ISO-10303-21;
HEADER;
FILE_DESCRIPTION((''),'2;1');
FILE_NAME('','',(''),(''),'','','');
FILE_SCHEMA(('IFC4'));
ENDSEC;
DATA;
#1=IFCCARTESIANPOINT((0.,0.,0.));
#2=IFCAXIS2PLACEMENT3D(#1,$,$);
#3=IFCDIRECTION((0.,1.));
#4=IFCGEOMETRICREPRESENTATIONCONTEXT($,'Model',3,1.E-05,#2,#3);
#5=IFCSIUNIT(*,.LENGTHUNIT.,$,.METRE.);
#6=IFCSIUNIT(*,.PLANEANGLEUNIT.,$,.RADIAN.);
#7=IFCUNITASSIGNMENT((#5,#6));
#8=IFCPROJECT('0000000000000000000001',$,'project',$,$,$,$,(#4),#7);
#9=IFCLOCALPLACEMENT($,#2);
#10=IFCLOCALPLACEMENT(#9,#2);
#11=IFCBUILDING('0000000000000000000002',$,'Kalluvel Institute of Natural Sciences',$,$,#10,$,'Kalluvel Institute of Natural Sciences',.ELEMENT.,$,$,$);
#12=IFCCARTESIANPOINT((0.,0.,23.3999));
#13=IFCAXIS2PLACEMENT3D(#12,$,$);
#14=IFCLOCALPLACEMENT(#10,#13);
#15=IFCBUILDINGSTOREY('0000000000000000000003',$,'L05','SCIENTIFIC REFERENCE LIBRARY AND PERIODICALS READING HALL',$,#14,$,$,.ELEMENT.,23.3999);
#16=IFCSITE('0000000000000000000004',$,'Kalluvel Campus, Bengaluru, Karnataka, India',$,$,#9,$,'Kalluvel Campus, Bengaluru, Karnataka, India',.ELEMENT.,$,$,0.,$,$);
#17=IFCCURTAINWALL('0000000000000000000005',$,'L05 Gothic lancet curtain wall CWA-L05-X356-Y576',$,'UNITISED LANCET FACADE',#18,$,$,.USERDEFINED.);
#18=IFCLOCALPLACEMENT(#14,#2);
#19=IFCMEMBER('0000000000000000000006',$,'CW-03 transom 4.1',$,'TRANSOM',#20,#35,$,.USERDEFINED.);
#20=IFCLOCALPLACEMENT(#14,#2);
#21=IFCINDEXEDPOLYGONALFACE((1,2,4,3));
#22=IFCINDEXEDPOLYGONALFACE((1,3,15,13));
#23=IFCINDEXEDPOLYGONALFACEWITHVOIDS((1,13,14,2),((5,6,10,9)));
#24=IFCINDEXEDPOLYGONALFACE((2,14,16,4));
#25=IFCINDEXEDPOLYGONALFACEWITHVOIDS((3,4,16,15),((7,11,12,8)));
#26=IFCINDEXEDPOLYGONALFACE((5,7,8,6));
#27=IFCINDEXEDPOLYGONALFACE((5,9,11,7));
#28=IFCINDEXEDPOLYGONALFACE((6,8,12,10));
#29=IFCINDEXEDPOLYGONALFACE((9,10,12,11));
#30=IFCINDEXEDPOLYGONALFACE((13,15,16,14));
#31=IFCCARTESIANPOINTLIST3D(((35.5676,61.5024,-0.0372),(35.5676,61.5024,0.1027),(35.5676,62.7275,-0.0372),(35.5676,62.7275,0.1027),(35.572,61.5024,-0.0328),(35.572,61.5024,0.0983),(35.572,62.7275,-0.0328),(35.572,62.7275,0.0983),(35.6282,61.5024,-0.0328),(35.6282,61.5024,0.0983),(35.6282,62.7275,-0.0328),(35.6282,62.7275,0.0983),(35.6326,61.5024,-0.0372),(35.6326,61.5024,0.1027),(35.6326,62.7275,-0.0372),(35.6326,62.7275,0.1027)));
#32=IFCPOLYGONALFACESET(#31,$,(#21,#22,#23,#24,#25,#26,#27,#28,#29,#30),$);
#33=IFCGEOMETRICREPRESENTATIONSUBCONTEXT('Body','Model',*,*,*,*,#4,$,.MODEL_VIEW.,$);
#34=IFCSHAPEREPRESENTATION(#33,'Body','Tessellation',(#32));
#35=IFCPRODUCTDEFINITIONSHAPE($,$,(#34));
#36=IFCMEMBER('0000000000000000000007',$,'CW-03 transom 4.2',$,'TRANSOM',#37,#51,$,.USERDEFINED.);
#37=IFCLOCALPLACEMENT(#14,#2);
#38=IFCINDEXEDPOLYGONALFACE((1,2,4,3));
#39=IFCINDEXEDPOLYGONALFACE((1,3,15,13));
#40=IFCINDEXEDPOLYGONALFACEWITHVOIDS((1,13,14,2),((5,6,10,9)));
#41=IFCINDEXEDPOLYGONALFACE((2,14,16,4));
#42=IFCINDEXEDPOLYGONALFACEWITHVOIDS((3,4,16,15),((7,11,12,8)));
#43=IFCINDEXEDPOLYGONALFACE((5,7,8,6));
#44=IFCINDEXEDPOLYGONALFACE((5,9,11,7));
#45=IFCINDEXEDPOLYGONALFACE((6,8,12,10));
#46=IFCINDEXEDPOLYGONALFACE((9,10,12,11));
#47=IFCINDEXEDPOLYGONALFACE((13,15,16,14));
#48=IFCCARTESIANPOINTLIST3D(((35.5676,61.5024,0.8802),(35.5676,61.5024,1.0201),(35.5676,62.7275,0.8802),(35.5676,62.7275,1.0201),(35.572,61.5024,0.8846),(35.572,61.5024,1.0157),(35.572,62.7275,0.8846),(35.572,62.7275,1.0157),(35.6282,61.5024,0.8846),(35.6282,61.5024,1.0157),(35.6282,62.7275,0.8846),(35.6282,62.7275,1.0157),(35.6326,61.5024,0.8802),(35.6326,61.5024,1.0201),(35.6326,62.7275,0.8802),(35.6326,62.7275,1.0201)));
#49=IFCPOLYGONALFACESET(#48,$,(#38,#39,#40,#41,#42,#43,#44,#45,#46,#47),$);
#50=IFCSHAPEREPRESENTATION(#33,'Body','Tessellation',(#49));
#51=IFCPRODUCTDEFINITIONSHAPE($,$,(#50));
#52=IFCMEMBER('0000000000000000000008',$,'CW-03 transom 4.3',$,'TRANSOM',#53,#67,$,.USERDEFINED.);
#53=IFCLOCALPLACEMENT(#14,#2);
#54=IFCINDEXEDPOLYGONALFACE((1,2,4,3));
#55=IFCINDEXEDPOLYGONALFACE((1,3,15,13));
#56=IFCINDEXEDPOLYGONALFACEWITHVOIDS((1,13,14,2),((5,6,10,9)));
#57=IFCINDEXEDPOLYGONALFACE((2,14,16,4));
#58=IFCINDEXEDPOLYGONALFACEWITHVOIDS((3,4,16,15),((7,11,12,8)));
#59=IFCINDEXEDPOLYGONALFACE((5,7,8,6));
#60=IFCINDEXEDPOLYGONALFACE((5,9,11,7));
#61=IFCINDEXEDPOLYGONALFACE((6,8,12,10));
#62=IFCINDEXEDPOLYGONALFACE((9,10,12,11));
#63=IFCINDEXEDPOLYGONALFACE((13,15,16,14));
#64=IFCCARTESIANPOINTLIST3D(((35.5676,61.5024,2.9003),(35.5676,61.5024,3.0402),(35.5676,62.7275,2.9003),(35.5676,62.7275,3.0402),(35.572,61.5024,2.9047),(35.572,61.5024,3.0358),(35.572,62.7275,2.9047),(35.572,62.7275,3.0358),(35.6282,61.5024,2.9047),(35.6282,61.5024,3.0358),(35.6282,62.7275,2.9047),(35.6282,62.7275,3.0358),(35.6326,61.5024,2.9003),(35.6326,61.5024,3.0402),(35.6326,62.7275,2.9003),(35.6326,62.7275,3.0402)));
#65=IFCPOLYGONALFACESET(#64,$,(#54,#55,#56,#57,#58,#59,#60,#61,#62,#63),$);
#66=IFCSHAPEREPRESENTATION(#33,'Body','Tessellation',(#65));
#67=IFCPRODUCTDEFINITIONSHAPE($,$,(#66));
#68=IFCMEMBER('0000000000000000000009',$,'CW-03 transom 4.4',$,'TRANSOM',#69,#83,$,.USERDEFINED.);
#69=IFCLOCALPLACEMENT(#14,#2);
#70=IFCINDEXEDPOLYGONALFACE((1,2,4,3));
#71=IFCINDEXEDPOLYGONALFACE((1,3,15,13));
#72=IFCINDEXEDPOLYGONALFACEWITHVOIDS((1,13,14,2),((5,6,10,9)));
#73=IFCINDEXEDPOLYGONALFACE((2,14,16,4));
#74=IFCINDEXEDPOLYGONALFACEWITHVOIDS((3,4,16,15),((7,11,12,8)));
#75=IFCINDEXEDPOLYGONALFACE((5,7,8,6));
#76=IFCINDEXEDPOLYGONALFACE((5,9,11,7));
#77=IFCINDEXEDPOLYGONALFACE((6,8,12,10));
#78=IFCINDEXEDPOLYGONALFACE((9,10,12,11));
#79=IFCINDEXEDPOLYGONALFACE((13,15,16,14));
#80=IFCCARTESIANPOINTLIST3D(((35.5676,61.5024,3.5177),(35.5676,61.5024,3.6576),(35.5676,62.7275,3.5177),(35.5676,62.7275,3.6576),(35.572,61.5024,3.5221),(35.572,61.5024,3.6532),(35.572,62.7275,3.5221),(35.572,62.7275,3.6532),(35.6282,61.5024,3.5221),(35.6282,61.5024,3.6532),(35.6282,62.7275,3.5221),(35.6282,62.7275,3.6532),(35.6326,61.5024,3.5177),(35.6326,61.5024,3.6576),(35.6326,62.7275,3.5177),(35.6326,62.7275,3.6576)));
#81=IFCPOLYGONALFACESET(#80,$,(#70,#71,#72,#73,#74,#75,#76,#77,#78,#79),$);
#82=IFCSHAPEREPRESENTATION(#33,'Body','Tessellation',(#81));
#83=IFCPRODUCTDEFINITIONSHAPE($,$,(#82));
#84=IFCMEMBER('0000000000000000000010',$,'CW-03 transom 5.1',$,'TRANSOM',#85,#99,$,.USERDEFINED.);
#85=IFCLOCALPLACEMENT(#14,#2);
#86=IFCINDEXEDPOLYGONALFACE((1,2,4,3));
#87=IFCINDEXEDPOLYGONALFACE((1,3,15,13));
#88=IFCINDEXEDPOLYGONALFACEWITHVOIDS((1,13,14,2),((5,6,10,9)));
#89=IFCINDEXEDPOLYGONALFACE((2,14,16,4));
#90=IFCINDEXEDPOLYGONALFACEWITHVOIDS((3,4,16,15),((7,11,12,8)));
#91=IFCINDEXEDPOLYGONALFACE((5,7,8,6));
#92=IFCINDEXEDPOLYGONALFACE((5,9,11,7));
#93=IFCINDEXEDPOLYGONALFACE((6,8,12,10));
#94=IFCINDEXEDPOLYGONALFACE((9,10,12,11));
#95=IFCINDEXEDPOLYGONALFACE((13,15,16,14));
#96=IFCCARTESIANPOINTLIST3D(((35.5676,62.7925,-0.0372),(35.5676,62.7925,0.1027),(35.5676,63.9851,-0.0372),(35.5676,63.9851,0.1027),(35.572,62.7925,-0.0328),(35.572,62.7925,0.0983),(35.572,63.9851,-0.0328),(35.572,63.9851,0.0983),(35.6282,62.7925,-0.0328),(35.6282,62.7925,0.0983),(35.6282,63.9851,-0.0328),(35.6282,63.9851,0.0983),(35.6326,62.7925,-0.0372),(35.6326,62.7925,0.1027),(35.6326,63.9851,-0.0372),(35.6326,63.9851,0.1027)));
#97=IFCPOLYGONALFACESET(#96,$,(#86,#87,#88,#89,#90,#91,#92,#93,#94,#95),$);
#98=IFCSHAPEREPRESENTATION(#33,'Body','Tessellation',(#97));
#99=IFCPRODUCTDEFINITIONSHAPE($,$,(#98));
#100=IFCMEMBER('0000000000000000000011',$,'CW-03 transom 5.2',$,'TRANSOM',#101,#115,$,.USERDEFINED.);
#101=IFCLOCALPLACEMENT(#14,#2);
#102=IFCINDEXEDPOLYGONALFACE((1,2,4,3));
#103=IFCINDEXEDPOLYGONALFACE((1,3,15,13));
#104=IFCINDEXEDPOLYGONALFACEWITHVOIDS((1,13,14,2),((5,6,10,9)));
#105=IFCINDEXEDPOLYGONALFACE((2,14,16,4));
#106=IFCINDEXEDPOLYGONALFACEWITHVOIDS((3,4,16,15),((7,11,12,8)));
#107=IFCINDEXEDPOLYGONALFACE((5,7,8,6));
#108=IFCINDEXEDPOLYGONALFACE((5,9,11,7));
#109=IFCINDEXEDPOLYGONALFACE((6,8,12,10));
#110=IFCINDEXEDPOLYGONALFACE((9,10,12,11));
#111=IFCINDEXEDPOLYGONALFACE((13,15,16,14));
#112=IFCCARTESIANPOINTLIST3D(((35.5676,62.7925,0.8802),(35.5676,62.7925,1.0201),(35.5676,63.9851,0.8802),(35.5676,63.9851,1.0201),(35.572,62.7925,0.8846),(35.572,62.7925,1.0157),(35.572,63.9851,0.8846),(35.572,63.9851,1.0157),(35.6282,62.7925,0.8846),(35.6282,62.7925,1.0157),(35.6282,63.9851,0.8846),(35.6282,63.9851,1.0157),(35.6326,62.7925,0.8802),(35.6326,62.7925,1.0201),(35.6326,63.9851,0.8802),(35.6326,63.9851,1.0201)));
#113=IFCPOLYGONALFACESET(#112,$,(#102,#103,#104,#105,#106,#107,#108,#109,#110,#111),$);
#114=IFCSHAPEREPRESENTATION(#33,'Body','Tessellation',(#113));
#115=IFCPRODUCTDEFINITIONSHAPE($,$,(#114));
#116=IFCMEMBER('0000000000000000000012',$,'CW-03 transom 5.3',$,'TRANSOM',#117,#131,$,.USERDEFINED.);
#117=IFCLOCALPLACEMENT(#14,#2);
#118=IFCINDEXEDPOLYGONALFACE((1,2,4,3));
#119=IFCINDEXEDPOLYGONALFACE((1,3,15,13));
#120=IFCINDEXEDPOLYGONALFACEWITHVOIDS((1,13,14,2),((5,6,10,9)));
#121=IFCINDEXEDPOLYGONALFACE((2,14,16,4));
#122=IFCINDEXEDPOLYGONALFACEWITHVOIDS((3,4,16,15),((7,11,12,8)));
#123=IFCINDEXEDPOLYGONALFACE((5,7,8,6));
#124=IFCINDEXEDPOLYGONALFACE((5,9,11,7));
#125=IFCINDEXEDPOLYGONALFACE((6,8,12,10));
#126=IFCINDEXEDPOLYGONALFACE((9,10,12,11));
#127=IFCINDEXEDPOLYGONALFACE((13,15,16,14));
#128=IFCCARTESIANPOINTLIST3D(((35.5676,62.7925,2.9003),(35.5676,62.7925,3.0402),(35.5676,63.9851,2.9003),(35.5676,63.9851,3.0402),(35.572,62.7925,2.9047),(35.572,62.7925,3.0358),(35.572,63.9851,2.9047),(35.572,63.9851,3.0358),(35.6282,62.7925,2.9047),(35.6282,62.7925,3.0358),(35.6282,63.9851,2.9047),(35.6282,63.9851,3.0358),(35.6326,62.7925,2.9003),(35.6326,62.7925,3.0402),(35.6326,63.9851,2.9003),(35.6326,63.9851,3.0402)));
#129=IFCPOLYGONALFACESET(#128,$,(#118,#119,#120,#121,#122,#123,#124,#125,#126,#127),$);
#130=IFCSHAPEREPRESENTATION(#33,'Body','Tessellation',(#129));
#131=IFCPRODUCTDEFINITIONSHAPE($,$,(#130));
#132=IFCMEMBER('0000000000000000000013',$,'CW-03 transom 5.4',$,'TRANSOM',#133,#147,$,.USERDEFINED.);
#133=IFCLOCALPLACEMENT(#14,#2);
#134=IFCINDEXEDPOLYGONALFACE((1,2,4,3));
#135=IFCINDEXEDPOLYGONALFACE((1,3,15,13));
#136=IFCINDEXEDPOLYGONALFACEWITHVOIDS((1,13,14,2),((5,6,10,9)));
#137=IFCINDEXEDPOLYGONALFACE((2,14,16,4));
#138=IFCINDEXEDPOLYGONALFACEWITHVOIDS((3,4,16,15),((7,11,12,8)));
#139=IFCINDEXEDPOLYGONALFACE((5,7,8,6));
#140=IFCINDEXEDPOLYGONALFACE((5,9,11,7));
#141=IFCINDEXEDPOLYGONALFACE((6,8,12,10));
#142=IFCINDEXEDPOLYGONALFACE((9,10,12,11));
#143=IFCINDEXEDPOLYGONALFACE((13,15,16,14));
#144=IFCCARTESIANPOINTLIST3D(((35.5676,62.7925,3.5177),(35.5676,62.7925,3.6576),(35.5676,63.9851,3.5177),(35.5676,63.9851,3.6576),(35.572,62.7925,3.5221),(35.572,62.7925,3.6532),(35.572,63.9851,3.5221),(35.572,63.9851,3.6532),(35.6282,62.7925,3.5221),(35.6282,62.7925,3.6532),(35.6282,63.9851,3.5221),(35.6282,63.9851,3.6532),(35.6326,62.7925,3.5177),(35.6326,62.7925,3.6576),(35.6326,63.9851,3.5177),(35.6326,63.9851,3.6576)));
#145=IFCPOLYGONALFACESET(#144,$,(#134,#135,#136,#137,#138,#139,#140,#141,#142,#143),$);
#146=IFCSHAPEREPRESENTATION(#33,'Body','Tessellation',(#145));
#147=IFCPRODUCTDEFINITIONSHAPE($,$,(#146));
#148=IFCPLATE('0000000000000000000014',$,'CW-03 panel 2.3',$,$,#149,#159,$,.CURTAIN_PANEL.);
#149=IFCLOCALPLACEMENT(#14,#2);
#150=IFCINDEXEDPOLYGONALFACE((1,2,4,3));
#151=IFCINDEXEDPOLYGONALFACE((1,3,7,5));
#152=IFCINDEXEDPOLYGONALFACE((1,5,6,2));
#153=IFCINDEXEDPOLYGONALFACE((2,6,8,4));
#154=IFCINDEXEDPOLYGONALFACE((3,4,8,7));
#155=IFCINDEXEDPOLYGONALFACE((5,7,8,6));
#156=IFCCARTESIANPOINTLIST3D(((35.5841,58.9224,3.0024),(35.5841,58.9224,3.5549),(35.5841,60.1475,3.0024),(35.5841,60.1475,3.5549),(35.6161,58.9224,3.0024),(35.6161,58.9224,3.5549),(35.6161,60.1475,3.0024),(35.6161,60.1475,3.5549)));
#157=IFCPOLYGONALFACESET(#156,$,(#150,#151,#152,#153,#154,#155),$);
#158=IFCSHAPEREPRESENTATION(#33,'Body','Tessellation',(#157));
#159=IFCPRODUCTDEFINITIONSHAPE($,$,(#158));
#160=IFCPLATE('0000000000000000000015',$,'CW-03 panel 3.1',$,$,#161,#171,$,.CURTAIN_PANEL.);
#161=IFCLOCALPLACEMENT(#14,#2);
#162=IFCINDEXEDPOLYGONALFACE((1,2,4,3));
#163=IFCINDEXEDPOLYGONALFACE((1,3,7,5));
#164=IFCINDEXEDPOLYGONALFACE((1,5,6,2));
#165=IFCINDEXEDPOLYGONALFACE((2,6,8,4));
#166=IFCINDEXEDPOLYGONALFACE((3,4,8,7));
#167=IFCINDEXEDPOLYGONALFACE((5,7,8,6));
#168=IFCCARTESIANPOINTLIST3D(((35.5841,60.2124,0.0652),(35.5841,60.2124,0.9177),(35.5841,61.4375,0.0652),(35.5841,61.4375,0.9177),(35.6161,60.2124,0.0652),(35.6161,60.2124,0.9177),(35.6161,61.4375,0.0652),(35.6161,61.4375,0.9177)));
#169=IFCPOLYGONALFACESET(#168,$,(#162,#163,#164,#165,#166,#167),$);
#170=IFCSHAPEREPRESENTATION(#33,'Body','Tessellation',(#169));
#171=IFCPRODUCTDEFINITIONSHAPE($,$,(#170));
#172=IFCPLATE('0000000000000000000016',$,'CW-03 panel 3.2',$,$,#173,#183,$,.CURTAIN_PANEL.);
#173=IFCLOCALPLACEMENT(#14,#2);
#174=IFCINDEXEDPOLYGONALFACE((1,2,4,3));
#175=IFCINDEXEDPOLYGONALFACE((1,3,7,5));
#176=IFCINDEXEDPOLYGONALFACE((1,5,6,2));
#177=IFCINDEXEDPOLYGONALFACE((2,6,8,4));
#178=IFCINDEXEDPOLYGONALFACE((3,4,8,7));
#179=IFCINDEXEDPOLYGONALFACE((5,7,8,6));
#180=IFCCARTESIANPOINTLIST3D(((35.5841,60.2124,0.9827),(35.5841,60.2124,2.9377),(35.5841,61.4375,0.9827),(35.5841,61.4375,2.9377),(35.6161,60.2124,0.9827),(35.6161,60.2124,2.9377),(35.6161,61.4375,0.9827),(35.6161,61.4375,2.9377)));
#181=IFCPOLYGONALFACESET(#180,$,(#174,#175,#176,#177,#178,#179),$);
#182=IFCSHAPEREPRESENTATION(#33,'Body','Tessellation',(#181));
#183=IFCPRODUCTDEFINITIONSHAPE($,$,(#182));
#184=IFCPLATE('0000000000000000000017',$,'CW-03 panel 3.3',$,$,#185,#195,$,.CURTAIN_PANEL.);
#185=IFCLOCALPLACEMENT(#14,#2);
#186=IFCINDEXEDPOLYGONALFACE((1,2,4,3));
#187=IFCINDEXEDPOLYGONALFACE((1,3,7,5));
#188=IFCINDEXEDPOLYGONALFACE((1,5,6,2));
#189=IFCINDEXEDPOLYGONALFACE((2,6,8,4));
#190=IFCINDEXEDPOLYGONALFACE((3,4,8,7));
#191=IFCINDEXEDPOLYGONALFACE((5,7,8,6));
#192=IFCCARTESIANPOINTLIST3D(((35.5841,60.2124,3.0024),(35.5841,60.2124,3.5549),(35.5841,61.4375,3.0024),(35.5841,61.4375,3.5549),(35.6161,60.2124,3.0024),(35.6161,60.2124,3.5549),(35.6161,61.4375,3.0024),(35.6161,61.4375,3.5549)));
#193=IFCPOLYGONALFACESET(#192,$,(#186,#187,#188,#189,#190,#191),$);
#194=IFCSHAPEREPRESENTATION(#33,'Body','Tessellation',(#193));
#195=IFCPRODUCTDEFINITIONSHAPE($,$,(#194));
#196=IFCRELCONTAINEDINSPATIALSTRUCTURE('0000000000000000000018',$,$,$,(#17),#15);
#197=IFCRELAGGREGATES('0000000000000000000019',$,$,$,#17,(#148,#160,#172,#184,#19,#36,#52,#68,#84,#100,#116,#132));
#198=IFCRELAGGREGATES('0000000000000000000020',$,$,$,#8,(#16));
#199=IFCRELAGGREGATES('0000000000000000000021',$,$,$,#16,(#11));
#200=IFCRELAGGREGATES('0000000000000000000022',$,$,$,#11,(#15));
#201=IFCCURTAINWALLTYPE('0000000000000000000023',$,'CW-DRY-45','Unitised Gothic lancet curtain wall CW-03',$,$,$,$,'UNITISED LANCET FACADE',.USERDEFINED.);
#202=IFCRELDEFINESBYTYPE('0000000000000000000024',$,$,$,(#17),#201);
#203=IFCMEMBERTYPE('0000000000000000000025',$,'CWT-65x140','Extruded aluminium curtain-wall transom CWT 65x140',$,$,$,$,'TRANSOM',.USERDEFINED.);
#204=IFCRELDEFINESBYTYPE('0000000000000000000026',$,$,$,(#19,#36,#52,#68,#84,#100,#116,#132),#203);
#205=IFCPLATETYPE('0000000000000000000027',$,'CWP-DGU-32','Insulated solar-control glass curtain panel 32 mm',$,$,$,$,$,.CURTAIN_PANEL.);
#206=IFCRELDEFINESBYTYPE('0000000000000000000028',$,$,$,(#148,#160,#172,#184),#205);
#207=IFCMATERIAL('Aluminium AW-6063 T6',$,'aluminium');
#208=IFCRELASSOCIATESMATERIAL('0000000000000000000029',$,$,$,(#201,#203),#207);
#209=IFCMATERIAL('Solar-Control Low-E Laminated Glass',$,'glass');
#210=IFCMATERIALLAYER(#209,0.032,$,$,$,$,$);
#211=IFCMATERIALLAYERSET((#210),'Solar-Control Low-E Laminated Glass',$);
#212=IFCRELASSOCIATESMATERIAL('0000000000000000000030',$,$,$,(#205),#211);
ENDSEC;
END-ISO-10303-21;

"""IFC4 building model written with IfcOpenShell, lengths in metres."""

from ifc_helpers import new_model, si_unit, direction, frame, origin, origin_2d, place, context, subcontext, project, spatial, rectangle, hollow_rectangle, extrude, material, layer, layer_set, material_profile, profile_set, type_object, element, aggregate, save


model = new_model("IFC4")

# Units and contexts
model_context = context("Model", 3, precision=1e-05, world=origin(), true_north=direction((0.0, 1.0)))
body_context = subcontext(model_context, "Body", "Model", "MODEL_VIEW")
ifc_project = project(units=[si_unit("LENGTHUNIT", "METRE"), si_unit("PLANEANGLEUNIT", "RADIAN")], contexts=[model_context])

# Site, building, storey
site_placement = place(None, origin())
site = spatial("IfcSite", under=ifc_project, at=site_placement, Name="Kalluvel Campus, Bengaluru, Karnataka, India", LongName="Kalluvel Campus, Bengaluru, Karnataka, India", CompositionType="ELEMENT", RefElevation=0.0)
building_placement = place(site_placement, origin())
building = spatial("IfcBuilding", under=site, at=building_placement, Name="Kalluvel Institute of Natural Sciences", LongName="Kalluvel Institute of Natural Sciences", CompositionType="ELEMENT")
storey_placement = place(building_placement, frame((0.0, 0.0, 23.3999)))
storey = spatial("IfcBuildingStorey", under=building, at=storey_placement, Name="L05", Description="SCIENTIFIC REFERENCE LIBRARY AND PERIODICALS READING HALL", CompositionType="ELEMENT", Elevation=23.3999)

# Curtain wall
ifc_material_1 = material(Name="Aluminium AW-6063 T6", Category="aluminium")
curtain_wall_type = type_object("IfcCurtainWallType", Name="CW-DRY-45", Description="Unitised Gothic lancet curtain wall CW-03", ElementType="UNITISED LANCET FACADE", PredefinedType="USERDEFINED", material=ifc_material_1)
curtain_wall_1_placement = place(storey_placement, origin())
curtain_wall_1 = element("IfcCurtainWall", 1, at=curtain_wall_1_placement, inside=storey, type_object=curtain_wall_type, Name="L05 Gothic lancet curtain wall CWA-L05-X356-Y576", ObjectType="UNITISED LANCET FACADE", PredefinedType="USERDEFINED")

# Members
ifc_material_profile_1 = material_profile(ifc_material_1, hollow_rectangle(XDim=0.0649, YDim=0.1399, WallThickness=0.0044, at=origin_2d()), Name="CWT 65x140")
ifc_profile_set_1 = profile_set([ifc_material_profile_1], Name="Aluminium AW-6063 T6")
member_type_1 = type_object("IfcMemberType", Name="CWT-65x140", Description="Extruded aluminium curtain-wall transom CWT 65x140", ElementType="TRANSOM", PredefinedType="USERDEFINED", material=ifc_profile_set_1)
member_1_placement = place(storey_placement, frame((35.6001, 61.5024, 0.0327), z_axis=(0.0, 1.0, 0.0), x_axis=(-1.0, 0.0, 0.0)))
member_1 = element("IfcMember", 2, at=member_1_placement, type_object=member_type_1, Name="CW-03 transom 4.1", ObjectType="TRANSOM", PredefinedType="USERDEFINED", context=body_context, shape_type="SweptSolid", body=[
    extrude(hollow_rectangle(XDim=0.0649, YDim=0.1399, WallThickness=0.0044, at=origin_2d()), origin(), (0.0, 0.0, 1.0), 1.2251),
])
member_2_placement = place(storey_placement, frame((35.6001, 61.5024, 0.9502), z_axis=(0.0, 1.0, 0.0), x_axis=(-1.0, 0.0, 0.0)))
member_2 = element("IfcMember", 3, at=member_2_placement, type_object=member_type_1, Name="CW-03 transom 4.2", ObjectType="TRANSOM", PredefinedType="USERDEFINED", context=body_context, shape_type="SweptSolid", body=[
    extrude(hollow_rectangle(XDim=0.0649, YDim=0.1399, WallThickness=0.0044, at=origin_2d()), origin(), (0.0, 0.0, 1.0), 1.2251),
])
member_3_placement = place(storey_placement, frame((35.6001, 61.5024, 2.9702), z_axis=(0.0, 1.0, 0.0), x_axis=(-1.0, 0.0, 0.0)))
member_3 = element("IfcMember", 4, at=member_3_placement, type_object=member_type_1, Name="CW-03 transom 4.3", ObjectType="TRANSOM", PredefinedType="USERDEFINED", context=body_context, shape_type="SweptSolid", body=[
    extrude(hollow_rectangle(XDim=0.0649, YDim=0.1399, WallThickness=0.0044, at=origin_2d()), origin(), (0.0, 0.0, 1.0), 1.2251),
])
member_4_placement = place(storey_placement, frame((35.6001, 61.5024, 3.5876), z_axis=(0.0, 1.0, 0.0), x_axis=(-1.0, 0.0, 0.0)))
member_4 = element("IfcMember", 5, at=member_4_placement, type_object=member_type_1, Name="CW-03 transom 4.4", ObjectType="TRANSOM", PredefinedType="USERDEFINED", context=body_context, shape_type="SweptSolid", body=[
    extrude(hollow_rectangle(XDim=0.0649, YDim=0.1399, WallThickness=0.0044, at=origin_2d()), origin(), (0.0, 0.0, 1.0), 1.2251),
])
member_5_placement = place(storey_placement, frame((35.6001, 62.7925, 0.0327), z_axis=(0.0, 1.0, 0.0), x_axis=(-1.0, 0.0, 0.0)))
member_5 = element("IfcMember", 6, at=member_5_placement, type_object=member_type_1, Name="CW-03 transom 5.1", ObjectType="TRANSOM", PredefinedType="USERDEFINED", context=body_context, shape_type="SweptSolid", body=[
    extrude(hollow_rectangle(XDim=0.0649, YDim=0.1399, WallThickness=0.0044, at=origin_2d()), origin(), (0.0, 0.0, 1.0), 1.1926),
])
member_6_placement = place(storey_placement, frame((35.6001, 62.7925, 0.9502), z_axis=(0.0, 1.0, 0.0), x_axis=(-1.0, 0.0, 0.0)))
member_6 = element("IfcMember", 7, at=member_6_placement, type_object=member_type_1, Name="CW-03 transom 5.2", ObjectType="TRANSOM", PredefinedType="USERDEFINED", context=body_context, shape_type="SweptSolid", body=[
    extrude(hollow_rectangle(XDim=0.0649, YDim=0.1399, WallThickness=0.0044, at=origin_2d()), origin(), (0.0, 0.0, 1.0), 1.1926),
])
member_7_placement = place(storey_placement, frame((35.6001, 62.7925, 2.9702), z_axis=(0.0, 1.0, 0.0), x_axis=(-1.0, 0.0, 0.0)))
member_7 = element("IfcMember", 8, at=member_7_placement, type_object=member_type_1, Name="CW-03 transom 5.3", ObjectType="TRANSOM", PredefinedType="USERDEFINED", context=body_context, shape_type="SweptSolid", body=[
    extrude(hollow_rectangle(XDim=0.0649, YDim=0.1399, WallThickness=0.0044, at=origin_2d()), origin(), (0.0, 0.0, 1.0), 1.1926),
])
member_8_placement = place(storey_placement, frame((35.6001, 62.7925, 3.5876), z_axis=(0.0, 1.0, 0.0), x_axis=(-1.0, 0.0, 0.0)))
member_8 = element("IfcMember", 9, at=member_8_placement, type_object=member_type_1, Name="CW-03 transom 5.4", ObjectType="TRANSOM", PredefinedType="USERDEFINED", context=body_context, shape_type="SweptSolid", body=[
    extrude(hollow_rectangle(XDim=0.0649, YDim=0.1399, WallThickness=0.0044, at=origin_2d()), origin(), (0.0, 0.0, 1.0), 1.1926),
])

# Plates
ifc_material_2 = material(Name="Solar-Control Low-E Laminated Glass", Category="glass")
ifc_layer = layer(ifc_material_2, 0.032)
ifc_layer_set = layer_set([ifc_layer], Name="Solar-Control Low-E Laminated Glass")
plate_type = type_object("IfcPlateType", Name="CWP-DGU-32", Description="Insulated solar-control glass curtain panel 32 mm", PredefinedType="CURTAIN_PANEL", material=ifc_layer_set)
plate_1_placement = place(storey_placement, frame((35.6001, 59.5349, 3.0024), z_axis=(0.0, 0.0, 1.0), x_axis=(0.0, 1.0, 0.0)))
plate_1 = element("IfcPlate", 10, at=plate_1_placement, type_object=plate_type, Name="CW-03 panel 2.3", PredefinedType="CURTAIN_PANEL", context=body_context, shape_type="SweptSolid", body=[
    extrude(rectangle(XDim=1.2251, YDim=0.032, at=origin_2d()), origin(), (0.0, 0.0, 1.0), 0.5525),
])
plate_2_placement = place(storey_placement, frame((35.6001, 60.825, 0.0652), z_axis=(0.0, 0.0, 1.0), x_axis=(0.0, 1.0, 0.0)))
plate_2 = element("IfcPlate", 11, at=plate_2_placement, type_object=plate_type, Name="CW-03 panel 3.1", PredefinedType="CURTAIN_PANEL", context=body_context, shape_type="SweptSolid", body=[
    extrude(rectangle(XDim=1.2251, YDim=0.032, at=origin_2d()), origin(), (0.0, 0.0, 1.0), 0.8525),
])
plate_3_placement = place(storey_placement, frame((35.6001, 60.825, 0.9827), z_axis=(0.0, 0.0, 1.0), x_axis=(0.0, 1.0, 0.0)))
plate_3 = element("IfcPlate", 12, at=plate_3_placement, type_object=plate_type, Name="CW-03 panel 3.2", PredefinedType="CURTAIN_PANEL", context=body_context, shape_type="SweptSolid", body=[
    extrude(rectangle(XDim=1.2251, YDim=0.032, at=origin_2d()), origin(), (0.0, 0.0, 1.0), 1.9551),
])
plate_4_placement = place(storey_placement, frame((35.6001, 60.825, 3.0024), z_axis=(0.0, 0.0, 1.0), x_axis=(0.0, 1.0, 0.0)))
plate_4 = element("IfcPlate", 13, at=plate_4_placement, type_object=plate_type, Name="CW-03 panel 3.3", PredefinedType="CURTAIN_PANEL", context=body_context, shape_type="SweptSolid", body=[
    extrude(rectangle(XDim=1.2251, YDim=0.032, at=origin_2d()), origin(), (0.0, 0.0, 1.0), 0.5525),
])
aggregate(curtain_wall_1, [plate_1, plate_2, plate_3, plate_4, member_1, member_2, member_3, member_4, member_5, member_6, member_7, member_8])

save(model, "model.ifc")
